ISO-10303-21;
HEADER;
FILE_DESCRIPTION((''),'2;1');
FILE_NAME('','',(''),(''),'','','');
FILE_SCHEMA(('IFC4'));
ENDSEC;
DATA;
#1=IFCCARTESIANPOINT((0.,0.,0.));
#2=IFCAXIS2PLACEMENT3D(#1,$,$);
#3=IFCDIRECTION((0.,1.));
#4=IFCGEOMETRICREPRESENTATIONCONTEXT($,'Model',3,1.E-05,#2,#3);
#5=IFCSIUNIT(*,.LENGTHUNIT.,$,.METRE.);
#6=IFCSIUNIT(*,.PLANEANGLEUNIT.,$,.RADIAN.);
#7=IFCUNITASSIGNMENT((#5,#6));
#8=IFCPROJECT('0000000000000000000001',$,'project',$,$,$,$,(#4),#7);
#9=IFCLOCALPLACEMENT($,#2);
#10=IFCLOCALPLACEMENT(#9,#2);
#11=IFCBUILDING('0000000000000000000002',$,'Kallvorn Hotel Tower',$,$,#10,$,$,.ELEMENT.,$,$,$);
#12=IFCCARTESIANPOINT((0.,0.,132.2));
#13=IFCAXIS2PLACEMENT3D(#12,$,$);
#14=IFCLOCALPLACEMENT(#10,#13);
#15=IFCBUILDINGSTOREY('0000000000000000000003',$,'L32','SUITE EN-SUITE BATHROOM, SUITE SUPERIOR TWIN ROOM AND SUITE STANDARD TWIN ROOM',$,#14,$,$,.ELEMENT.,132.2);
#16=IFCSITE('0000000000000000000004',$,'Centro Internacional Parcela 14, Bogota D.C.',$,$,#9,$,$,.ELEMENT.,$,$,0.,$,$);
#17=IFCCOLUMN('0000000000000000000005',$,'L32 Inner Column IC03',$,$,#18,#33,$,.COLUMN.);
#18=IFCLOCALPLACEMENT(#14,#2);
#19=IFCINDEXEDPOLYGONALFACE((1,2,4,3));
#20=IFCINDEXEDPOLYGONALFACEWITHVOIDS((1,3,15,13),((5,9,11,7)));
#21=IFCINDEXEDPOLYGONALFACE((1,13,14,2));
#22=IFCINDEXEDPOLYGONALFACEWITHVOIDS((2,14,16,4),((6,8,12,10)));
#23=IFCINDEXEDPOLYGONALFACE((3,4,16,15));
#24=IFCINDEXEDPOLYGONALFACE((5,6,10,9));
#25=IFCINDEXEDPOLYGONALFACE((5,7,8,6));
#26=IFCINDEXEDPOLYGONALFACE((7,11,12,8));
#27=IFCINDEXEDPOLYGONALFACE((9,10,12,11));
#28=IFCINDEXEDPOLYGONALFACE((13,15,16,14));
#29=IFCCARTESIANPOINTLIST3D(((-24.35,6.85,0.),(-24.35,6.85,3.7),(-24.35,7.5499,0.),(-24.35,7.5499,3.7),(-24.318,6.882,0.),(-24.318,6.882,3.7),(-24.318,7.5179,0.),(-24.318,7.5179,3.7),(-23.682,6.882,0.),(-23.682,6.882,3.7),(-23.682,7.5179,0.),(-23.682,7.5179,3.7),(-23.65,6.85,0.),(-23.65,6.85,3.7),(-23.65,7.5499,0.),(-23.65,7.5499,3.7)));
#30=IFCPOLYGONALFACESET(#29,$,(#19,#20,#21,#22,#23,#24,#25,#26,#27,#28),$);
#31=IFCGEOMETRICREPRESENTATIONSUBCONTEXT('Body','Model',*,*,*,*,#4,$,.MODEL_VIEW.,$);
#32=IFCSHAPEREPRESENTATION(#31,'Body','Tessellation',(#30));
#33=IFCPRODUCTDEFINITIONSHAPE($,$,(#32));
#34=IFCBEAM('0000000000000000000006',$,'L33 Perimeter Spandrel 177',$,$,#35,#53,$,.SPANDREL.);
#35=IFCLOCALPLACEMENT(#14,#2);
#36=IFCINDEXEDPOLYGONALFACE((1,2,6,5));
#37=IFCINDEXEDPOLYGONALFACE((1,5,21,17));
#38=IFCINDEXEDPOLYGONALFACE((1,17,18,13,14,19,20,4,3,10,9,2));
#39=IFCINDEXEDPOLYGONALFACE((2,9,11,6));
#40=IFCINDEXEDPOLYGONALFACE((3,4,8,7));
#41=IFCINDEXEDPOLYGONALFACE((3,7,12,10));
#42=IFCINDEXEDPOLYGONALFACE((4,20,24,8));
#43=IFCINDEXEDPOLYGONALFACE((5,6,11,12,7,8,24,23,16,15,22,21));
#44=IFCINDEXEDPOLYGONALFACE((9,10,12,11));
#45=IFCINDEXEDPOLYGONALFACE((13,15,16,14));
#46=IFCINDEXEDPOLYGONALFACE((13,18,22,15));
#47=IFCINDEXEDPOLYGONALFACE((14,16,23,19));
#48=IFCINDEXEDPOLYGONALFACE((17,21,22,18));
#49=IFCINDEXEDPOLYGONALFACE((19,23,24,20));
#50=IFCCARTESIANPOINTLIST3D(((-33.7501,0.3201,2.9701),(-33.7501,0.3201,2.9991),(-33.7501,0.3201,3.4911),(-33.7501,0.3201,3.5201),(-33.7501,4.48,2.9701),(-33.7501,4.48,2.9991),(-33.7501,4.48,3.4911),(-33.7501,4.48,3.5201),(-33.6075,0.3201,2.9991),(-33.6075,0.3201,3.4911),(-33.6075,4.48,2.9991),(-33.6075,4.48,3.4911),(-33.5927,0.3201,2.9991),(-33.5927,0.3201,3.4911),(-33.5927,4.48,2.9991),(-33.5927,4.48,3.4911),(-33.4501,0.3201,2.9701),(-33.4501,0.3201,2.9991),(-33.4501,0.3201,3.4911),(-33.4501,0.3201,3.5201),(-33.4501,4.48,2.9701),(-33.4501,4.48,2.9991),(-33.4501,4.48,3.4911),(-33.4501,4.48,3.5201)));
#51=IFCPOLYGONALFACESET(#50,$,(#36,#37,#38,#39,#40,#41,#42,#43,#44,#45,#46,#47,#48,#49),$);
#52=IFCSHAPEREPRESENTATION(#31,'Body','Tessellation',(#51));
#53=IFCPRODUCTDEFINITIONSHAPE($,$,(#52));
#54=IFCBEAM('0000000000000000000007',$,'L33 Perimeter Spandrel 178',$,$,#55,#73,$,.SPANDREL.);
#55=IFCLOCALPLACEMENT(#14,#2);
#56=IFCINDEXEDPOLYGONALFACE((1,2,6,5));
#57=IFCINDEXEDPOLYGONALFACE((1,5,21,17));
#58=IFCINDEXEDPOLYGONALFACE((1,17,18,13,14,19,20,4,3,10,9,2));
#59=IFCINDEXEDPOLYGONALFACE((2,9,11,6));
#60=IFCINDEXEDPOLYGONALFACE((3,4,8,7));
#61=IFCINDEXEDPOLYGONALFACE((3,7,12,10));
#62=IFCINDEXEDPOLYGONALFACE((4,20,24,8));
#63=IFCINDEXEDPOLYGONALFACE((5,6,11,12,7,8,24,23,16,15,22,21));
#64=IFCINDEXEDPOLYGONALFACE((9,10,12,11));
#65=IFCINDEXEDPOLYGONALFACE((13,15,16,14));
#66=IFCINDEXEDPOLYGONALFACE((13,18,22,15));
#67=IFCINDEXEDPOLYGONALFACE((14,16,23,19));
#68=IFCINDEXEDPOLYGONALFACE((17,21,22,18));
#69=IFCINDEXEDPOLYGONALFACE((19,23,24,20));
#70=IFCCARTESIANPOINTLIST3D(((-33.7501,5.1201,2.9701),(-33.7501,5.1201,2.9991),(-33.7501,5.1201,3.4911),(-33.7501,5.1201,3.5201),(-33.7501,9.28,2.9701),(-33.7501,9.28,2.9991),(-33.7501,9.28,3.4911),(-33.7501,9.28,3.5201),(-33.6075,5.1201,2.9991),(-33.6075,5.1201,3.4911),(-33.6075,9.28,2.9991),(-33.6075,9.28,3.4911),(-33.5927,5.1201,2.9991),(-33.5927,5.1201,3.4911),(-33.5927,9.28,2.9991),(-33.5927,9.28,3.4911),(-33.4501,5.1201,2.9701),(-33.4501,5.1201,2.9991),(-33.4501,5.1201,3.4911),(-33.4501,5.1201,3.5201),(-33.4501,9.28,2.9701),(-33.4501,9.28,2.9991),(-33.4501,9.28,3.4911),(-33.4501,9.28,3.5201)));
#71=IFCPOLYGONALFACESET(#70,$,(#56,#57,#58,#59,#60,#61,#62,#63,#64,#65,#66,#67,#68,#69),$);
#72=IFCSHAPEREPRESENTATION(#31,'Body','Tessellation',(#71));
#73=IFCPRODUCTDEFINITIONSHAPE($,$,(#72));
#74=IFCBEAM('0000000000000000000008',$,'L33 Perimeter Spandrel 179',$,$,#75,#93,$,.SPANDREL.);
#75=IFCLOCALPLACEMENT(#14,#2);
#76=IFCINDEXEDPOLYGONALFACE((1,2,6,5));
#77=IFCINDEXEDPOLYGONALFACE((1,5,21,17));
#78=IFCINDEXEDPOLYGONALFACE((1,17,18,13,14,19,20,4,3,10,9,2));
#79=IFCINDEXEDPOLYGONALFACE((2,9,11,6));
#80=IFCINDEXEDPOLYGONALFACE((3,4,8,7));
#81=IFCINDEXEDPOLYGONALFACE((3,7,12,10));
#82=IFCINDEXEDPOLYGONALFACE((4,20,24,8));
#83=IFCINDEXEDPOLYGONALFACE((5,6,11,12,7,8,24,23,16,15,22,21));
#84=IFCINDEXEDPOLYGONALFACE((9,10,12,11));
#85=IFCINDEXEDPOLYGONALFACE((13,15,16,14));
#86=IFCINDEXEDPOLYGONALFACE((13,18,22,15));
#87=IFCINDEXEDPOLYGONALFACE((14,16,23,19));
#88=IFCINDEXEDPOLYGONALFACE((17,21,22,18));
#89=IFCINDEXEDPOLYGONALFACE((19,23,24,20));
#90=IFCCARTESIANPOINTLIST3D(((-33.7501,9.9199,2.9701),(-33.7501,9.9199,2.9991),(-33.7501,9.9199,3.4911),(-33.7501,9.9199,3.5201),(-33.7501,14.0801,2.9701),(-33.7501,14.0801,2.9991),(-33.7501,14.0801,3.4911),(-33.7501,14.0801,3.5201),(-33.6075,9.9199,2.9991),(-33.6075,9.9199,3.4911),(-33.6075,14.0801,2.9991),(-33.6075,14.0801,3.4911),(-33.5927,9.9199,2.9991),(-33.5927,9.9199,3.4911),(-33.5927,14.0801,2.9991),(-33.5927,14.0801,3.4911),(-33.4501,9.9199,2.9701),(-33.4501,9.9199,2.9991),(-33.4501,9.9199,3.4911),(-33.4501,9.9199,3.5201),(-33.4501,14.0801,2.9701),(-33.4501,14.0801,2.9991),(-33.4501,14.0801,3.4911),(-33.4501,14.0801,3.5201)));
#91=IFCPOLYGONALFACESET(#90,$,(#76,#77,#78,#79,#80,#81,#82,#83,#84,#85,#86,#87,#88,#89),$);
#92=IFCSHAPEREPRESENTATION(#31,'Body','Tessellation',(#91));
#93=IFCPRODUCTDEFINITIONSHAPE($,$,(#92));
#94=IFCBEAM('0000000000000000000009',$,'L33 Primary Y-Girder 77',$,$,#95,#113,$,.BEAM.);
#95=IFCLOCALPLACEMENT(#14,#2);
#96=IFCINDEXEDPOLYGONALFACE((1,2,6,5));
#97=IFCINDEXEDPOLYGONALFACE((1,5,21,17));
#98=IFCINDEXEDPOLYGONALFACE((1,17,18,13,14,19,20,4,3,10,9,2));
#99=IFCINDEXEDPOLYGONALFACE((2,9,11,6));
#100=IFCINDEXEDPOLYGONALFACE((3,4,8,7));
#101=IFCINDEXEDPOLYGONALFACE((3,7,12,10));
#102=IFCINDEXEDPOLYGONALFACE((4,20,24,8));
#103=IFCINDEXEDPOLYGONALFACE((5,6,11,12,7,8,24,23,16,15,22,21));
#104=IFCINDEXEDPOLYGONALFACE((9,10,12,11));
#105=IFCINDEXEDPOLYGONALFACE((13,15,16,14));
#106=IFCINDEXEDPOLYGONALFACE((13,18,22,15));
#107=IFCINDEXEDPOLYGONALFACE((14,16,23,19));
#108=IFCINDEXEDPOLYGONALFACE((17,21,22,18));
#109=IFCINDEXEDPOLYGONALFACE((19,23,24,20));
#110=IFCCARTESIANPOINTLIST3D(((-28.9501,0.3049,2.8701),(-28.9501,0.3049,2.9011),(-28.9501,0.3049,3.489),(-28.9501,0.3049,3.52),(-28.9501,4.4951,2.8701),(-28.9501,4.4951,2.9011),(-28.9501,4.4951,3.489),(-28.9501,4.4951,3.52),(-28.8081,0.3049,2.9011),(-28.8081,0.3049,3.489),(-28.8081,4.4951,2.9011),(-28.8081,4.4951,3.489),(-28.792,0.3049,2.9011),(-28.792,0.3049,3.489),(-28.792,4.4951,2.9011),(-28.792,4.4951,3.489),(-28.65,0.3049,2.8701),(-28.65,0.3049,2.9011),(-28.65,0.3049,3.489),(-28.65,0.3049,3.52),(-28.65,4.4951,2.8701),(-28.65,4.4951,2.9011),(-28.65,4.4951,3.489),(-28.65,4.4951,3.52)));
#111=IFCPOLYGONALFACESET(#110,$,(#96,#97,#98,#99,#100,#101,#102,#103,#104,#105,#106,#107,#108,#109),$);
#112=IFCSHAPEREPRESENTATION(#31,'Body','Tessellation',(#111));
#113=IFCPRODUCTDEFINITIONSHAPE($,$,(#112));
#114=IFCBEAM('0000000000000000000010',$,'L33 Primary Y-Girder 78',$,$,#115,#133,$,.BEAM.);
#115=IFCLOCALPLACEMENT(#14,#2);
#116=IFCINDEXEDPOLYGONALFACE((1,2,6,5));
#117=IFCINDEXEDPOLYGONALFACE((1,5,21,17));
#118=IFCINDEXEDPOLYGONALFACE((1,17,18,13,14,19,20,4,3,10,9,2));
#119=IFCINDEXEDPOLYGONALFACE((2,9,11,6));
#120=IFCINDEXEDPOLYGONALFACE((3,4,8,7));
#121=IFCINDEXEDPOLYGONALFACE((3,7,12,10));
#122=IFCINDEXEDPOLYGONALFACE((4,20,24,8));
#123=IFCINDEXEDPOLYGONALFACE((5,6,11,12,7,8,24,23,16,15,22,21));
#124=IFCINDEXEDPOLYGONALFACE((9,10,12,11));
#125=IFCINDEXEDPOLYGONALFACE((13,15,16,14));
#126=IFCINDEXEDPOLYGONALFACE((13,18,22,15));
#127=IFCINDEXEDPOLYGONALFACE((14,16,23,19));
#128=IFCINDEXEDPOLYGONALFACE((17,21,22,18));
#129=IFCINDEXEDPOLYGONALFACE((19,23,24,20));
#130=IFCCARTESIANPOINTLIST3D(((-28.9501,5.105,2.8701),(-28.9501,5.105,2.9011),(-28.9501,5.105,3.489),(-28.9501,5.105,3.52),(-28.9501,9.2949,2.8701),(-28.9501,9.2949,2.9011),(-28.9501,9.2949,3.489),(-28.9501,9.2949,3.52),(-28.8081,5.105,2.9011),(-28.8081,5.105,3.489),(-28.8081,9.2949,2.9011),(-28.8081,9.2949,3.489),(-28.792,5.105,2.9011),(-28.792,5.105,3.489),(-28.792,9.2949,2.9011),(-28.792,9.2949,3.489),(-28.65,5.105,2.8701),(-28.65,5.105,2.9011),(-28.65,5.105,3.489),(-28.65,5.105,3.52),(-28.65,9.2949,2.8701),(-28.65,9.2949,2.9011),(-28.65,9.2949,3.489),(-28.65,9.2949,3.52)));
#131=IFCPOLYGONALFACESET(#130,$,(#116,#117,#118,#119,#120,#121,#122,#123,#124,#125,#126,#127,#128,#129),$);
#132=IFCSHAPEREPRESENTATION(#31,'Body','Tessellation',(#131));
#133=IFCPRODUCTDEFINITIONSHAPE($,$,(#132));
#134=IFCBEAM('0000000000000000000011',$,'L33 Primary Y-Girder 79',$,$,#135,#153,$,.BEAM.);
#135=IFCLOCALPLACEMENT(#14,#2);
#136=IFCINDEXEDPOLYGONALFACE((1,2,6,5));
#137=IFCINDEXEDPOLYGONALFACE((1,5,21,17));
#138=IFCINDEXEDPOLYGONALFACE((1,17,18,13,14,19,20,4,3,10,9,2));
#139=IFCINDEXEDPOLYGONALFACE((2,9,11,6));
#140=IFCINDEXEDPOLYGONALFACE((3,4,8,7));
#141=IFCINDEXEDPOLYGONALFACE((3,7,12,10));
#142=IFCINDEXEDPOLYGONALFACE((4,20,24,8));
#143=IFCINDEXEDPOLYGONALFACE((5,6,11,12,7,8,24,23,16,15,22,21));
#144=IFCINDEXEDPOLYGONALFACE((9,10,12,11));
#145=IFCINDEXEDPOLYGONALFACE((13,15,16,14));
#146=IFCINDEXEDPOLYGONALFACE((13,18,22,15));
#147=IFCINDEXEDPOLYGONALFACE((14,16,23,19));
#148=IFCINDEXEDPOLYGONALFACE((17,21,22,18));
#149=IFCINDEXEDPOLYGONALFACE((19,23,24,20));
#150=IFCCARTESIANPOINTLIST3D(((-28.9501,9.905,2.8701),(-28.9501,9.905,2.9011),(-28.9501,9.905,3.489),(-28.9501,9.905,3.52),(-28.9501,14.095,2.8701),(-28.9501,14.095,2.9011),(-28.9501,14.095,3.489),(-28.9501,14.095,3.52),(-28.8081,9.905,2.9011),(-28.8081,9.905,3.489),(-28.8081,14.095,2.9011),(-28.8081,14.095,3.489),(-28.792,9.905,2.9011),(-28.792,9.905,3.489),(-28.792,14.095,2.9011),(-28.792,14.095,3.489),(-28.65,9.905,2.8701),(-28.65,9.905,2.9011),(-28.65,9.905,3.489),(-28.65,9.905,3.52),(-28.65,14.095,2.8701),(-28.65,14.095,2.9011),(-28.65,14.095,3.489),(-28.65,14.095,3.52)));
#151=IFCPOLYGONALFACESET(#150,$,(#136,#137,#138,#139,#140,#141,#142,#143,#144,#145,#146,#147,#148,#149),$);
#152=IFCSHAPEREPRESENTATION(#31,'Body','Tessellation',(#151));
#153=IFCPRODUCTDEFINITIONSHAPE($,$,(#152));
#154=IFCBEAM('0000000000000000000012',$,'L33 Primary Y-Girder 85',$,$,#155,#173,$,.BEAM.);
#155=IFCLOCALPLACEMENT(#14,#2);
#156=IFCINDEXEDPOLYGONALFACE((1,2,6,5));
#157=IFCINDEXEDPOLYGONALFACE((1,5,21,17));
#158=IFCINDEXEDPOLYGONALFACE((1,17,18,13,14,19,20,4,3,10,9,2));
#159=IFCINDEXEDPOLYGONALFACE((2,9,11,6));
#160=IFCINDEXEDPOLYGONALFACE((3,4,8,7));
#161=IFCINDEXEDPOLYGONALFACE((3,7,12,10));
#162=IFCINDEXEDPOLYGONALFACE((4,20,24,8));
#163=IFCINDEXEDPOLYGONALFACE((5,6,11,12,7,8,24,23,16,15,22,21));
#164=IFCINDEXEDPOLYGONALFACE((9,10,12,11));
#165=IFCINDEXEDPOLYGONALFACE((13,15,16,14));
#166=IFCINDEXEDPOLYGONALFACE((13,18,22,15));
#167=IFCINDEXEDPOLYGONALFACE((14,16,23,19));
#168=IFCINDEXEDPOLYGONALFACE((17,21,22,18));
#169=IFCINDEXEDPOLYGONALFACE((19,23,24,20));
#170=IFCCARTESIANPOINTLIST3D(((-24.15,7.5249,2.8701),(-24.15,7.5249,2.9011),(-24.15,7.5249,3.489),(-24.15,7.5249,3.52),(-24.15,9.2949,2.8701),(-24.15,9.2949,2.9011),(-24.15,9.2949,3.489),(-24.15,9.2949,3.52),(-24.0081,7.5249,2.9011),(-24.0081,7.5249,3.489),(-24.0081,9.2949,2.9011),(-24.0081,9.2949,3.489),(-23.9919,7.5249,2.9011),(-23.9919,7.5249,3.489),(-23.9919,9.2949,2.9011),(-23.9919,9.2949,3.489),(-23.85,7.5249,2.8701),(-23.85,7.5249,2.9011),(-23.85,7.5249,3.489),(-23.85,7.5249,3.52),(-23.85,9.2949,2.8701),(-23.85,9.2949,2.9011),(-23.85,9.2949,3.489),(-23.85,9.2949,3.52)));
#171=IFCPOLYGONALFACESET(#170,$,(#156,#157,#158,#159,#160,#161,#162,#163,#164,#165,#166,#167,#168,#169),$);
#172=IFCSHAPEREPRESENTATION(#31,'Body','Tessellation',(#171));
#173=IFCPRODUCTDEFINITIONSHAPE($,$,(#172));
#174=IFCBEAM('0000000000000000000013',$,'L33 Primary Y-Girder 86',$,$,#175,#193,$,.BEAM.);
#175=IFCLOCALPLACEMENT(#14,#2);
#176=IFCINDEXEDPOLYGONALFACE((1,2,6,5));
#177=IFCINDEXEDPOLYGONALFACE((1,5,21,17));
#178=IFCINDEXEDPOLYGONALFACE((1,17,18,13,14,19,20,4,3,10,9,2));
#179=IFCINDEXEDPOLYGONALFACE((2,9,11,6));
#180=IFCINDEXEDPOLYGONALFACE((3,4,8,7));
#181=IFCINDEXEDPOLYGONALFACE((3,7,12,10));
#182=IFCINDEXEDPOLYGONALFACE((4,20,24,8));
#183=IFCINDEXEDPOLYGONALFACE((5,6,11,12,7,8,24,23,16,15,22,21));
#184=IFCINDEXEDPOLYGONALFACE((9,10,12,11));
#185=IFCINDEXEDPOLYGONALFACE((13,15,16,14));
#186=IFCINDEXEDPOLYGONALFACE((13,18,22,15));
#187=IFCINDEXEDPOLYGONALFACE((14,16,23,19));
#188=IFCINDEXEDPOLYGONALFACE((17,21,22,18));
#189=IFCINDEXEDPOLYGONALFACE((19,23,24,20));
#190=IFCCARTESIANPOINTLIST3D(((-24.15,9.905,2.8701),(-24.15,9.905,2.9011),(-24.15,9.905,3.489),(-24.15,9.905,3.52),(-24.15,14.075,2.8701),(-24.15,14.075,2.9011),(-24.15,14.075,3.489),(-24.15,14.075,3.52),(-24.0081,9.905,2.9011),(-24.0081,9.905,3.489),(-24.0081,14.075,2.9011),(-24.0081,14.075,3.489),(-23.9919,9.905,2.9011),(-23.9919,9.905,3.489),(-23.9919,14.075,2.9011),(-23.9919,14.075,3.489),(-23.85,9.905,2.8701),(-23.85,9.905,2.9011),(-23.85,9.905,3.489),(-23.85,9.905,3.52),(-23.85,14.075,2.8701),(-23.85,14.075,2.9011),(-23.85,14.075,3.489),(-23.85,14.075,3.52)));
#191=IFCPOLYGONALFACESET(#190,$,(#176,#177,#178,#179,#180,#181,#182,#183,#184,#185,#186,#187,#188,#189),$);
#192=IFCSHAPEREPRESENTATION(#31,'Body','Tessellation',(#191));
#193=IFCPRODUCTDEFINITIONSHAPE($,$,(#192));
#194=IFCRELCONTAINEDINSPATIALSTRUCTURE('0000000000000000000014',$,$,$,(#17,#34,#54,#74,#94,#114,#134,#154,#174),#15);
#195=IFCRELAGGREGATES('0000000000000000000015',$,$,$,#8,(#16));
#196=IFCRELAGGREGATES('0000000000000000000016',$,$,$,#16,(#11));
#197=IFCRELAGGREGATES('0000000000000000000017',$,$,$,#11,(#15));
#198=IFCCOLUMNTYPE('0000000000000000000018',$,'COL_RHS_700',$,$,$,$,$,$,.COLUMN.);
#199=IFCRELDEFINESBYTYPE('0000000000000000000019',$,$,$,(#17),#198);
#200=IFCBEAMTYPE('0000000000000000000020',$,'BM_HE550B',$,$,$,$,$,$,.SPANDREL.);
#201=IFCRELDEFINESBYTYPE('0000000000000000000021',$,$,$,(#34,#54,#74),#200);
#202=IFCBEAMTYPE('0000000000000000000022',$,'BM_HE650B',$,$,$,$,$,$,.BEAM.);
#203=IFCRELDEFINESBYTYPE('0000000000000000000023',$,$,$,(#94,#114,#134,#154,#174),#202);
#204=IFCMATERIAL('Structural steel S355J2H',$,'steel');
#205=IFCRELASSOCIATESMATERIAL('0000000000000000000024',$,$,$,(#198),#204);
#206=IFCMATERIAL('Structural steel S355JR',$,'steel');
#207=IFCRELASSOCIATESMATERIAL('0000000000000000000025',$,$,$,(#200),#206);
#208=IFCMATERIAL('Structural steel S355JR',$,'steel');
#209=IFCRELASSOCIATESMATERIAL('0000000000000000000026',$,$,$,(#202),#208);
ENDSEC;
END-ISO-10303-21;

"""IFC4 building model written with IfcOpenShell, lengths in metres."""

from ifc_helpers import new_model, si_unit, direction, frame, origin, origin_2d, place, context, subcontext, project, spatial, hollow_rectangle, i_section, extrude, material, material_profile, profile_set, type_object, element, save


model = new_model("IFC4")

# Units and contexts
model_context = context("Model", 3, precision=1e-05, world=origin(), true_north=direction((0.0, 1.0)))
body_context = subcontext(model_context, "Body", "Model", "MODEL_VIEW")
ifc_project = project(units=[si_unit("LENGTHUNIT", "METRE"), si_unit("PLANEANGLEUNIT", "RADIAN")], contexts=[model_context])

# Site, building, storey
site_placement = place(None, origin())
site = spatial("IfcSite", under=ifc_project, at=site_placement, Name="Centro Internacional Parcela 14, Bogota D.C.", CompositionType="ELEMENT", RefElevation=0.0)
building_placement = place(site_placement, origin())
building = spatial("IfcBuilding", under=site, at=building_placement, Name="Kallvorn Hotel Tower", CompositionType="ELEMENT")
storey_placement = place(building_placement, frame((0.0, 0.0, 132.2)))
storey = spatial("IfcBuildingStorey", under=building, at=storey_placement, Name="L32", Description="SUITE EN-SUITE BATHROOM, SUITE SUPERIOR TWIN ROOM AND SUITE STANDARD TWIN ROOM", CompositionType="ELEMENT", Elevation=132.2)

# Column
ifc_material_1 = material(Name="Structural steel S355J2H", Category="steel")
ifc_material_profile_1 = material_profile(ifc_material_1, hollow_rectangle(XDim=0.7, YDim=0.7, WallThickness=0.032, at=origin_2d()), Name="RHS 700x700x32")
ifc_profile_set_1 = profile_set([ifc_material_profile_1], Name="Structural steel S355J2H")
column_type_1 = type_object("IfcColumnType", Name="COL_RHS_700", PredefinedType="COLUMN", material=ifc_profile_set_1)
column_placement = place(storey_placement, frame((-24.0, 7.2, 0.0), z_axis=(0.0, 0.0, 1.0), x_axis=(1.0, 0.0, 0.0)))
element("IfcColumn", 1, at=column_placement, inside=storey, type_object=column_type_1, Name="L32 Inner Column IC03", PredefinedType="COLUMN", context=body_context, shape_type="SweptSolid", body=[
    extrude(hollow_rectangle(XDim=0.7, YDim=0.7, WallThickness=0.032, at=origin_2d()), origin(), (0.0, 0.0, 1.0), 3.7),
])

# Beams
ifc_material_2 = material(Name="Structural steel S355JR", Category="steel")
ifc_material_profile_2 = material_profile(ifc_material_2, i_section(OverallWidth=0.3, OverallDepth=0.55, WebThickness=0.0149, FlangeThickness=0.0291, at=origin_2d()), Name="HE 550 B")
ifc_profile_set_2 = profile_set([ifc_material_profile_2], Name="Structural steel S355JR")
beam_type_1 = type_object("IfcBeamType", Name="BM_HE550B", PredefinedType="SPANDREL", material=ifc_profile_set_2)
for number, where, z_axis, x_axis, name in (
    (2, (-33.6001, 0.3201, 3.2451), (0.0, 1.0, 0.0), (-1.0, 0.0, 0.0), "L33 Perimeter Spandrel 177"),
    (3, (-33.6001, 5.1201, 3.2451), (0.0, 1.0, 0.0), (-1.0, 0.0, 0.0), "L33 Perimeter Spandrel 178"),
):
    element("IfcBeam", number, at=place(storey_placement, frame(where, z_axis=z_axis, x_axis=x_axis)), inside=storey, type_object=beam_type_1, Name=name, PredefinedType="SPANDREL", context=body_context, shape_type="SweptSolid", body=[
        extrude(i_section(OverallWidth=0.3, OverallDepth=0.55, WebThickness=0.0149, FlangeThickness=0.0291, at=origin_2d()), origin(), (0.0, 0.0, 1.0), 4.1599),
    ])
beam_1_placement = place(storey_placement, frame((-33.6001, 9.9199, 3.2451), z_axis=(0.0, 1.0, 0.0), x_axis=(-1.0, 0.0, 0.0)))
element("IfcBeam", 4, at=beam_1_placement, inside=storey, type_object=beam_type_1, Name="L33 Perimeter Spandrel 179", PredefinedType="SPANDREL", context=body_context, shape_type="SweptSolid", body=[
    extrude(i_section(OverallWidth=0.3, OverallDepth=0.55, WebThickness=0.0149, FlangeThickness=0.0291, at=origin_2d()), origin(), (0.0, 0.0, 1.0), 4.1602),
])
ifc_material_3 = material(Name="Structural steel S355JR", Category="steel")
ifc_material_profile_3 = material_profile(ifc_material_3, i_section(OverallWidth=0.3, OverallDepth=0.6499, WebThickness=0.0161, FlangeThickness=0.031, at=origin_2d()), Name="HE 650 B")
ifc_profile_set_3 = profile_set([ifc_material_profile_3], Name="Structural steel S355JR")
beam_type_2 = type_object("IfcBeamType", Name="BM_HE650B", PredefinedType="BEAM", material=ifc_profile_set_3)
beam_2_placement = place(storey_placement, frame((-28.8, 0.3049, 3.1951), z_axis=(0.0, 1.0, 0.0), x_axis=(-1.0, 0.0, 0.0)))
element("IfcBeam", 5, at=beam_2_placement, inside=storey, type_object=beam_type_2, Name="L33 Primary Y-Girder 77", PredefinedType="BEAM", context=body_context, shape_type="SweptSolid", body=[
    extrude(i_section(OverallWidth=0.3, OverallDepth=0.6499, WebThickness=0.0161, FlangeThickness=0.031, at=origin_2d()), origin(), (0.0, 0.0, 1.0), 4.1902),
])
for number, where, z_axis, x_axis, name in (
    (6, (-28.8, 5.105, 3.1951), (0.0, 1.0, 0.0), (-1.0, 0.0, 0.0), "L33 Primary Y-Girder 78"),
    (7, (-28.8, 9.905, 3.1951), (0.0, 1.0, 0.0), (-1.0, 0.0, 0.0), "L33 Primary Y-Girder 79"),
):
    element("IfcBeam", number, at=place(storey_placement, frame(where, z_axis=z_axis, x_axis=x_axis)), inside=storey, type_object=beam_type_2, Name=name, PredefinedType="BEAM", context=body_context, shape_type="SweptSolid", body=[
        extrude(i_section(OverallWidth=0.3, OverallDepth=0.6499, WebThickness=0.0161, FlangeThickness=0.031, at=origin_2d()), origin(), (0.0, 0.0, 1.0), 4.1899),
    ])
beam_3_placement = place(storey_placement, frame((-24.0, 7.5249, 3.1951), z_axis=(0.0, 1.0, 0.0), x_axis=(-1.0, 0.0, 0.0)))
element("IfcBeam", 8, at=beam_3_placement, inside=storey, type_object=beam_type_2, Name="L33 Primary Y-Girder 85", PredefinedType="BEAM", context=body_context, shape_type="SweptSolid", body=[
    extrude(i_section(OverallWidth=0.3, OverallDepth=0.6499, WebThickness=0.0161, FlangeThickness=0.031, at=origin_2d()), origin(), (0.0, 0.0, 1.0), 1.77),
])
beam_4_placement = place(storey_placement, frame((-24.0, 9.905, 3.1951), z_axis=(0.0, 1.0, 0.0), x_axis=(-1.0, 0.0, 0.0)))
element("IfcBeam", 9, at=beam_4_placement, inside=storey, type_object=beam_type_2, Name="L33 Primary Y-Girder 86", PredefinedType="BEAM", context=body_context, shape_type="SweptSolid", body=[
    extrude(i_section(OverallWidth=0.3, OverallDepth=0.6499, WebThickness=0.0161, FlangeThickness=0.031, at=origin_2d()), origin(), (0.0, 0.0, 1.0), 4.1699),
])

save(model, "model.ifc")
